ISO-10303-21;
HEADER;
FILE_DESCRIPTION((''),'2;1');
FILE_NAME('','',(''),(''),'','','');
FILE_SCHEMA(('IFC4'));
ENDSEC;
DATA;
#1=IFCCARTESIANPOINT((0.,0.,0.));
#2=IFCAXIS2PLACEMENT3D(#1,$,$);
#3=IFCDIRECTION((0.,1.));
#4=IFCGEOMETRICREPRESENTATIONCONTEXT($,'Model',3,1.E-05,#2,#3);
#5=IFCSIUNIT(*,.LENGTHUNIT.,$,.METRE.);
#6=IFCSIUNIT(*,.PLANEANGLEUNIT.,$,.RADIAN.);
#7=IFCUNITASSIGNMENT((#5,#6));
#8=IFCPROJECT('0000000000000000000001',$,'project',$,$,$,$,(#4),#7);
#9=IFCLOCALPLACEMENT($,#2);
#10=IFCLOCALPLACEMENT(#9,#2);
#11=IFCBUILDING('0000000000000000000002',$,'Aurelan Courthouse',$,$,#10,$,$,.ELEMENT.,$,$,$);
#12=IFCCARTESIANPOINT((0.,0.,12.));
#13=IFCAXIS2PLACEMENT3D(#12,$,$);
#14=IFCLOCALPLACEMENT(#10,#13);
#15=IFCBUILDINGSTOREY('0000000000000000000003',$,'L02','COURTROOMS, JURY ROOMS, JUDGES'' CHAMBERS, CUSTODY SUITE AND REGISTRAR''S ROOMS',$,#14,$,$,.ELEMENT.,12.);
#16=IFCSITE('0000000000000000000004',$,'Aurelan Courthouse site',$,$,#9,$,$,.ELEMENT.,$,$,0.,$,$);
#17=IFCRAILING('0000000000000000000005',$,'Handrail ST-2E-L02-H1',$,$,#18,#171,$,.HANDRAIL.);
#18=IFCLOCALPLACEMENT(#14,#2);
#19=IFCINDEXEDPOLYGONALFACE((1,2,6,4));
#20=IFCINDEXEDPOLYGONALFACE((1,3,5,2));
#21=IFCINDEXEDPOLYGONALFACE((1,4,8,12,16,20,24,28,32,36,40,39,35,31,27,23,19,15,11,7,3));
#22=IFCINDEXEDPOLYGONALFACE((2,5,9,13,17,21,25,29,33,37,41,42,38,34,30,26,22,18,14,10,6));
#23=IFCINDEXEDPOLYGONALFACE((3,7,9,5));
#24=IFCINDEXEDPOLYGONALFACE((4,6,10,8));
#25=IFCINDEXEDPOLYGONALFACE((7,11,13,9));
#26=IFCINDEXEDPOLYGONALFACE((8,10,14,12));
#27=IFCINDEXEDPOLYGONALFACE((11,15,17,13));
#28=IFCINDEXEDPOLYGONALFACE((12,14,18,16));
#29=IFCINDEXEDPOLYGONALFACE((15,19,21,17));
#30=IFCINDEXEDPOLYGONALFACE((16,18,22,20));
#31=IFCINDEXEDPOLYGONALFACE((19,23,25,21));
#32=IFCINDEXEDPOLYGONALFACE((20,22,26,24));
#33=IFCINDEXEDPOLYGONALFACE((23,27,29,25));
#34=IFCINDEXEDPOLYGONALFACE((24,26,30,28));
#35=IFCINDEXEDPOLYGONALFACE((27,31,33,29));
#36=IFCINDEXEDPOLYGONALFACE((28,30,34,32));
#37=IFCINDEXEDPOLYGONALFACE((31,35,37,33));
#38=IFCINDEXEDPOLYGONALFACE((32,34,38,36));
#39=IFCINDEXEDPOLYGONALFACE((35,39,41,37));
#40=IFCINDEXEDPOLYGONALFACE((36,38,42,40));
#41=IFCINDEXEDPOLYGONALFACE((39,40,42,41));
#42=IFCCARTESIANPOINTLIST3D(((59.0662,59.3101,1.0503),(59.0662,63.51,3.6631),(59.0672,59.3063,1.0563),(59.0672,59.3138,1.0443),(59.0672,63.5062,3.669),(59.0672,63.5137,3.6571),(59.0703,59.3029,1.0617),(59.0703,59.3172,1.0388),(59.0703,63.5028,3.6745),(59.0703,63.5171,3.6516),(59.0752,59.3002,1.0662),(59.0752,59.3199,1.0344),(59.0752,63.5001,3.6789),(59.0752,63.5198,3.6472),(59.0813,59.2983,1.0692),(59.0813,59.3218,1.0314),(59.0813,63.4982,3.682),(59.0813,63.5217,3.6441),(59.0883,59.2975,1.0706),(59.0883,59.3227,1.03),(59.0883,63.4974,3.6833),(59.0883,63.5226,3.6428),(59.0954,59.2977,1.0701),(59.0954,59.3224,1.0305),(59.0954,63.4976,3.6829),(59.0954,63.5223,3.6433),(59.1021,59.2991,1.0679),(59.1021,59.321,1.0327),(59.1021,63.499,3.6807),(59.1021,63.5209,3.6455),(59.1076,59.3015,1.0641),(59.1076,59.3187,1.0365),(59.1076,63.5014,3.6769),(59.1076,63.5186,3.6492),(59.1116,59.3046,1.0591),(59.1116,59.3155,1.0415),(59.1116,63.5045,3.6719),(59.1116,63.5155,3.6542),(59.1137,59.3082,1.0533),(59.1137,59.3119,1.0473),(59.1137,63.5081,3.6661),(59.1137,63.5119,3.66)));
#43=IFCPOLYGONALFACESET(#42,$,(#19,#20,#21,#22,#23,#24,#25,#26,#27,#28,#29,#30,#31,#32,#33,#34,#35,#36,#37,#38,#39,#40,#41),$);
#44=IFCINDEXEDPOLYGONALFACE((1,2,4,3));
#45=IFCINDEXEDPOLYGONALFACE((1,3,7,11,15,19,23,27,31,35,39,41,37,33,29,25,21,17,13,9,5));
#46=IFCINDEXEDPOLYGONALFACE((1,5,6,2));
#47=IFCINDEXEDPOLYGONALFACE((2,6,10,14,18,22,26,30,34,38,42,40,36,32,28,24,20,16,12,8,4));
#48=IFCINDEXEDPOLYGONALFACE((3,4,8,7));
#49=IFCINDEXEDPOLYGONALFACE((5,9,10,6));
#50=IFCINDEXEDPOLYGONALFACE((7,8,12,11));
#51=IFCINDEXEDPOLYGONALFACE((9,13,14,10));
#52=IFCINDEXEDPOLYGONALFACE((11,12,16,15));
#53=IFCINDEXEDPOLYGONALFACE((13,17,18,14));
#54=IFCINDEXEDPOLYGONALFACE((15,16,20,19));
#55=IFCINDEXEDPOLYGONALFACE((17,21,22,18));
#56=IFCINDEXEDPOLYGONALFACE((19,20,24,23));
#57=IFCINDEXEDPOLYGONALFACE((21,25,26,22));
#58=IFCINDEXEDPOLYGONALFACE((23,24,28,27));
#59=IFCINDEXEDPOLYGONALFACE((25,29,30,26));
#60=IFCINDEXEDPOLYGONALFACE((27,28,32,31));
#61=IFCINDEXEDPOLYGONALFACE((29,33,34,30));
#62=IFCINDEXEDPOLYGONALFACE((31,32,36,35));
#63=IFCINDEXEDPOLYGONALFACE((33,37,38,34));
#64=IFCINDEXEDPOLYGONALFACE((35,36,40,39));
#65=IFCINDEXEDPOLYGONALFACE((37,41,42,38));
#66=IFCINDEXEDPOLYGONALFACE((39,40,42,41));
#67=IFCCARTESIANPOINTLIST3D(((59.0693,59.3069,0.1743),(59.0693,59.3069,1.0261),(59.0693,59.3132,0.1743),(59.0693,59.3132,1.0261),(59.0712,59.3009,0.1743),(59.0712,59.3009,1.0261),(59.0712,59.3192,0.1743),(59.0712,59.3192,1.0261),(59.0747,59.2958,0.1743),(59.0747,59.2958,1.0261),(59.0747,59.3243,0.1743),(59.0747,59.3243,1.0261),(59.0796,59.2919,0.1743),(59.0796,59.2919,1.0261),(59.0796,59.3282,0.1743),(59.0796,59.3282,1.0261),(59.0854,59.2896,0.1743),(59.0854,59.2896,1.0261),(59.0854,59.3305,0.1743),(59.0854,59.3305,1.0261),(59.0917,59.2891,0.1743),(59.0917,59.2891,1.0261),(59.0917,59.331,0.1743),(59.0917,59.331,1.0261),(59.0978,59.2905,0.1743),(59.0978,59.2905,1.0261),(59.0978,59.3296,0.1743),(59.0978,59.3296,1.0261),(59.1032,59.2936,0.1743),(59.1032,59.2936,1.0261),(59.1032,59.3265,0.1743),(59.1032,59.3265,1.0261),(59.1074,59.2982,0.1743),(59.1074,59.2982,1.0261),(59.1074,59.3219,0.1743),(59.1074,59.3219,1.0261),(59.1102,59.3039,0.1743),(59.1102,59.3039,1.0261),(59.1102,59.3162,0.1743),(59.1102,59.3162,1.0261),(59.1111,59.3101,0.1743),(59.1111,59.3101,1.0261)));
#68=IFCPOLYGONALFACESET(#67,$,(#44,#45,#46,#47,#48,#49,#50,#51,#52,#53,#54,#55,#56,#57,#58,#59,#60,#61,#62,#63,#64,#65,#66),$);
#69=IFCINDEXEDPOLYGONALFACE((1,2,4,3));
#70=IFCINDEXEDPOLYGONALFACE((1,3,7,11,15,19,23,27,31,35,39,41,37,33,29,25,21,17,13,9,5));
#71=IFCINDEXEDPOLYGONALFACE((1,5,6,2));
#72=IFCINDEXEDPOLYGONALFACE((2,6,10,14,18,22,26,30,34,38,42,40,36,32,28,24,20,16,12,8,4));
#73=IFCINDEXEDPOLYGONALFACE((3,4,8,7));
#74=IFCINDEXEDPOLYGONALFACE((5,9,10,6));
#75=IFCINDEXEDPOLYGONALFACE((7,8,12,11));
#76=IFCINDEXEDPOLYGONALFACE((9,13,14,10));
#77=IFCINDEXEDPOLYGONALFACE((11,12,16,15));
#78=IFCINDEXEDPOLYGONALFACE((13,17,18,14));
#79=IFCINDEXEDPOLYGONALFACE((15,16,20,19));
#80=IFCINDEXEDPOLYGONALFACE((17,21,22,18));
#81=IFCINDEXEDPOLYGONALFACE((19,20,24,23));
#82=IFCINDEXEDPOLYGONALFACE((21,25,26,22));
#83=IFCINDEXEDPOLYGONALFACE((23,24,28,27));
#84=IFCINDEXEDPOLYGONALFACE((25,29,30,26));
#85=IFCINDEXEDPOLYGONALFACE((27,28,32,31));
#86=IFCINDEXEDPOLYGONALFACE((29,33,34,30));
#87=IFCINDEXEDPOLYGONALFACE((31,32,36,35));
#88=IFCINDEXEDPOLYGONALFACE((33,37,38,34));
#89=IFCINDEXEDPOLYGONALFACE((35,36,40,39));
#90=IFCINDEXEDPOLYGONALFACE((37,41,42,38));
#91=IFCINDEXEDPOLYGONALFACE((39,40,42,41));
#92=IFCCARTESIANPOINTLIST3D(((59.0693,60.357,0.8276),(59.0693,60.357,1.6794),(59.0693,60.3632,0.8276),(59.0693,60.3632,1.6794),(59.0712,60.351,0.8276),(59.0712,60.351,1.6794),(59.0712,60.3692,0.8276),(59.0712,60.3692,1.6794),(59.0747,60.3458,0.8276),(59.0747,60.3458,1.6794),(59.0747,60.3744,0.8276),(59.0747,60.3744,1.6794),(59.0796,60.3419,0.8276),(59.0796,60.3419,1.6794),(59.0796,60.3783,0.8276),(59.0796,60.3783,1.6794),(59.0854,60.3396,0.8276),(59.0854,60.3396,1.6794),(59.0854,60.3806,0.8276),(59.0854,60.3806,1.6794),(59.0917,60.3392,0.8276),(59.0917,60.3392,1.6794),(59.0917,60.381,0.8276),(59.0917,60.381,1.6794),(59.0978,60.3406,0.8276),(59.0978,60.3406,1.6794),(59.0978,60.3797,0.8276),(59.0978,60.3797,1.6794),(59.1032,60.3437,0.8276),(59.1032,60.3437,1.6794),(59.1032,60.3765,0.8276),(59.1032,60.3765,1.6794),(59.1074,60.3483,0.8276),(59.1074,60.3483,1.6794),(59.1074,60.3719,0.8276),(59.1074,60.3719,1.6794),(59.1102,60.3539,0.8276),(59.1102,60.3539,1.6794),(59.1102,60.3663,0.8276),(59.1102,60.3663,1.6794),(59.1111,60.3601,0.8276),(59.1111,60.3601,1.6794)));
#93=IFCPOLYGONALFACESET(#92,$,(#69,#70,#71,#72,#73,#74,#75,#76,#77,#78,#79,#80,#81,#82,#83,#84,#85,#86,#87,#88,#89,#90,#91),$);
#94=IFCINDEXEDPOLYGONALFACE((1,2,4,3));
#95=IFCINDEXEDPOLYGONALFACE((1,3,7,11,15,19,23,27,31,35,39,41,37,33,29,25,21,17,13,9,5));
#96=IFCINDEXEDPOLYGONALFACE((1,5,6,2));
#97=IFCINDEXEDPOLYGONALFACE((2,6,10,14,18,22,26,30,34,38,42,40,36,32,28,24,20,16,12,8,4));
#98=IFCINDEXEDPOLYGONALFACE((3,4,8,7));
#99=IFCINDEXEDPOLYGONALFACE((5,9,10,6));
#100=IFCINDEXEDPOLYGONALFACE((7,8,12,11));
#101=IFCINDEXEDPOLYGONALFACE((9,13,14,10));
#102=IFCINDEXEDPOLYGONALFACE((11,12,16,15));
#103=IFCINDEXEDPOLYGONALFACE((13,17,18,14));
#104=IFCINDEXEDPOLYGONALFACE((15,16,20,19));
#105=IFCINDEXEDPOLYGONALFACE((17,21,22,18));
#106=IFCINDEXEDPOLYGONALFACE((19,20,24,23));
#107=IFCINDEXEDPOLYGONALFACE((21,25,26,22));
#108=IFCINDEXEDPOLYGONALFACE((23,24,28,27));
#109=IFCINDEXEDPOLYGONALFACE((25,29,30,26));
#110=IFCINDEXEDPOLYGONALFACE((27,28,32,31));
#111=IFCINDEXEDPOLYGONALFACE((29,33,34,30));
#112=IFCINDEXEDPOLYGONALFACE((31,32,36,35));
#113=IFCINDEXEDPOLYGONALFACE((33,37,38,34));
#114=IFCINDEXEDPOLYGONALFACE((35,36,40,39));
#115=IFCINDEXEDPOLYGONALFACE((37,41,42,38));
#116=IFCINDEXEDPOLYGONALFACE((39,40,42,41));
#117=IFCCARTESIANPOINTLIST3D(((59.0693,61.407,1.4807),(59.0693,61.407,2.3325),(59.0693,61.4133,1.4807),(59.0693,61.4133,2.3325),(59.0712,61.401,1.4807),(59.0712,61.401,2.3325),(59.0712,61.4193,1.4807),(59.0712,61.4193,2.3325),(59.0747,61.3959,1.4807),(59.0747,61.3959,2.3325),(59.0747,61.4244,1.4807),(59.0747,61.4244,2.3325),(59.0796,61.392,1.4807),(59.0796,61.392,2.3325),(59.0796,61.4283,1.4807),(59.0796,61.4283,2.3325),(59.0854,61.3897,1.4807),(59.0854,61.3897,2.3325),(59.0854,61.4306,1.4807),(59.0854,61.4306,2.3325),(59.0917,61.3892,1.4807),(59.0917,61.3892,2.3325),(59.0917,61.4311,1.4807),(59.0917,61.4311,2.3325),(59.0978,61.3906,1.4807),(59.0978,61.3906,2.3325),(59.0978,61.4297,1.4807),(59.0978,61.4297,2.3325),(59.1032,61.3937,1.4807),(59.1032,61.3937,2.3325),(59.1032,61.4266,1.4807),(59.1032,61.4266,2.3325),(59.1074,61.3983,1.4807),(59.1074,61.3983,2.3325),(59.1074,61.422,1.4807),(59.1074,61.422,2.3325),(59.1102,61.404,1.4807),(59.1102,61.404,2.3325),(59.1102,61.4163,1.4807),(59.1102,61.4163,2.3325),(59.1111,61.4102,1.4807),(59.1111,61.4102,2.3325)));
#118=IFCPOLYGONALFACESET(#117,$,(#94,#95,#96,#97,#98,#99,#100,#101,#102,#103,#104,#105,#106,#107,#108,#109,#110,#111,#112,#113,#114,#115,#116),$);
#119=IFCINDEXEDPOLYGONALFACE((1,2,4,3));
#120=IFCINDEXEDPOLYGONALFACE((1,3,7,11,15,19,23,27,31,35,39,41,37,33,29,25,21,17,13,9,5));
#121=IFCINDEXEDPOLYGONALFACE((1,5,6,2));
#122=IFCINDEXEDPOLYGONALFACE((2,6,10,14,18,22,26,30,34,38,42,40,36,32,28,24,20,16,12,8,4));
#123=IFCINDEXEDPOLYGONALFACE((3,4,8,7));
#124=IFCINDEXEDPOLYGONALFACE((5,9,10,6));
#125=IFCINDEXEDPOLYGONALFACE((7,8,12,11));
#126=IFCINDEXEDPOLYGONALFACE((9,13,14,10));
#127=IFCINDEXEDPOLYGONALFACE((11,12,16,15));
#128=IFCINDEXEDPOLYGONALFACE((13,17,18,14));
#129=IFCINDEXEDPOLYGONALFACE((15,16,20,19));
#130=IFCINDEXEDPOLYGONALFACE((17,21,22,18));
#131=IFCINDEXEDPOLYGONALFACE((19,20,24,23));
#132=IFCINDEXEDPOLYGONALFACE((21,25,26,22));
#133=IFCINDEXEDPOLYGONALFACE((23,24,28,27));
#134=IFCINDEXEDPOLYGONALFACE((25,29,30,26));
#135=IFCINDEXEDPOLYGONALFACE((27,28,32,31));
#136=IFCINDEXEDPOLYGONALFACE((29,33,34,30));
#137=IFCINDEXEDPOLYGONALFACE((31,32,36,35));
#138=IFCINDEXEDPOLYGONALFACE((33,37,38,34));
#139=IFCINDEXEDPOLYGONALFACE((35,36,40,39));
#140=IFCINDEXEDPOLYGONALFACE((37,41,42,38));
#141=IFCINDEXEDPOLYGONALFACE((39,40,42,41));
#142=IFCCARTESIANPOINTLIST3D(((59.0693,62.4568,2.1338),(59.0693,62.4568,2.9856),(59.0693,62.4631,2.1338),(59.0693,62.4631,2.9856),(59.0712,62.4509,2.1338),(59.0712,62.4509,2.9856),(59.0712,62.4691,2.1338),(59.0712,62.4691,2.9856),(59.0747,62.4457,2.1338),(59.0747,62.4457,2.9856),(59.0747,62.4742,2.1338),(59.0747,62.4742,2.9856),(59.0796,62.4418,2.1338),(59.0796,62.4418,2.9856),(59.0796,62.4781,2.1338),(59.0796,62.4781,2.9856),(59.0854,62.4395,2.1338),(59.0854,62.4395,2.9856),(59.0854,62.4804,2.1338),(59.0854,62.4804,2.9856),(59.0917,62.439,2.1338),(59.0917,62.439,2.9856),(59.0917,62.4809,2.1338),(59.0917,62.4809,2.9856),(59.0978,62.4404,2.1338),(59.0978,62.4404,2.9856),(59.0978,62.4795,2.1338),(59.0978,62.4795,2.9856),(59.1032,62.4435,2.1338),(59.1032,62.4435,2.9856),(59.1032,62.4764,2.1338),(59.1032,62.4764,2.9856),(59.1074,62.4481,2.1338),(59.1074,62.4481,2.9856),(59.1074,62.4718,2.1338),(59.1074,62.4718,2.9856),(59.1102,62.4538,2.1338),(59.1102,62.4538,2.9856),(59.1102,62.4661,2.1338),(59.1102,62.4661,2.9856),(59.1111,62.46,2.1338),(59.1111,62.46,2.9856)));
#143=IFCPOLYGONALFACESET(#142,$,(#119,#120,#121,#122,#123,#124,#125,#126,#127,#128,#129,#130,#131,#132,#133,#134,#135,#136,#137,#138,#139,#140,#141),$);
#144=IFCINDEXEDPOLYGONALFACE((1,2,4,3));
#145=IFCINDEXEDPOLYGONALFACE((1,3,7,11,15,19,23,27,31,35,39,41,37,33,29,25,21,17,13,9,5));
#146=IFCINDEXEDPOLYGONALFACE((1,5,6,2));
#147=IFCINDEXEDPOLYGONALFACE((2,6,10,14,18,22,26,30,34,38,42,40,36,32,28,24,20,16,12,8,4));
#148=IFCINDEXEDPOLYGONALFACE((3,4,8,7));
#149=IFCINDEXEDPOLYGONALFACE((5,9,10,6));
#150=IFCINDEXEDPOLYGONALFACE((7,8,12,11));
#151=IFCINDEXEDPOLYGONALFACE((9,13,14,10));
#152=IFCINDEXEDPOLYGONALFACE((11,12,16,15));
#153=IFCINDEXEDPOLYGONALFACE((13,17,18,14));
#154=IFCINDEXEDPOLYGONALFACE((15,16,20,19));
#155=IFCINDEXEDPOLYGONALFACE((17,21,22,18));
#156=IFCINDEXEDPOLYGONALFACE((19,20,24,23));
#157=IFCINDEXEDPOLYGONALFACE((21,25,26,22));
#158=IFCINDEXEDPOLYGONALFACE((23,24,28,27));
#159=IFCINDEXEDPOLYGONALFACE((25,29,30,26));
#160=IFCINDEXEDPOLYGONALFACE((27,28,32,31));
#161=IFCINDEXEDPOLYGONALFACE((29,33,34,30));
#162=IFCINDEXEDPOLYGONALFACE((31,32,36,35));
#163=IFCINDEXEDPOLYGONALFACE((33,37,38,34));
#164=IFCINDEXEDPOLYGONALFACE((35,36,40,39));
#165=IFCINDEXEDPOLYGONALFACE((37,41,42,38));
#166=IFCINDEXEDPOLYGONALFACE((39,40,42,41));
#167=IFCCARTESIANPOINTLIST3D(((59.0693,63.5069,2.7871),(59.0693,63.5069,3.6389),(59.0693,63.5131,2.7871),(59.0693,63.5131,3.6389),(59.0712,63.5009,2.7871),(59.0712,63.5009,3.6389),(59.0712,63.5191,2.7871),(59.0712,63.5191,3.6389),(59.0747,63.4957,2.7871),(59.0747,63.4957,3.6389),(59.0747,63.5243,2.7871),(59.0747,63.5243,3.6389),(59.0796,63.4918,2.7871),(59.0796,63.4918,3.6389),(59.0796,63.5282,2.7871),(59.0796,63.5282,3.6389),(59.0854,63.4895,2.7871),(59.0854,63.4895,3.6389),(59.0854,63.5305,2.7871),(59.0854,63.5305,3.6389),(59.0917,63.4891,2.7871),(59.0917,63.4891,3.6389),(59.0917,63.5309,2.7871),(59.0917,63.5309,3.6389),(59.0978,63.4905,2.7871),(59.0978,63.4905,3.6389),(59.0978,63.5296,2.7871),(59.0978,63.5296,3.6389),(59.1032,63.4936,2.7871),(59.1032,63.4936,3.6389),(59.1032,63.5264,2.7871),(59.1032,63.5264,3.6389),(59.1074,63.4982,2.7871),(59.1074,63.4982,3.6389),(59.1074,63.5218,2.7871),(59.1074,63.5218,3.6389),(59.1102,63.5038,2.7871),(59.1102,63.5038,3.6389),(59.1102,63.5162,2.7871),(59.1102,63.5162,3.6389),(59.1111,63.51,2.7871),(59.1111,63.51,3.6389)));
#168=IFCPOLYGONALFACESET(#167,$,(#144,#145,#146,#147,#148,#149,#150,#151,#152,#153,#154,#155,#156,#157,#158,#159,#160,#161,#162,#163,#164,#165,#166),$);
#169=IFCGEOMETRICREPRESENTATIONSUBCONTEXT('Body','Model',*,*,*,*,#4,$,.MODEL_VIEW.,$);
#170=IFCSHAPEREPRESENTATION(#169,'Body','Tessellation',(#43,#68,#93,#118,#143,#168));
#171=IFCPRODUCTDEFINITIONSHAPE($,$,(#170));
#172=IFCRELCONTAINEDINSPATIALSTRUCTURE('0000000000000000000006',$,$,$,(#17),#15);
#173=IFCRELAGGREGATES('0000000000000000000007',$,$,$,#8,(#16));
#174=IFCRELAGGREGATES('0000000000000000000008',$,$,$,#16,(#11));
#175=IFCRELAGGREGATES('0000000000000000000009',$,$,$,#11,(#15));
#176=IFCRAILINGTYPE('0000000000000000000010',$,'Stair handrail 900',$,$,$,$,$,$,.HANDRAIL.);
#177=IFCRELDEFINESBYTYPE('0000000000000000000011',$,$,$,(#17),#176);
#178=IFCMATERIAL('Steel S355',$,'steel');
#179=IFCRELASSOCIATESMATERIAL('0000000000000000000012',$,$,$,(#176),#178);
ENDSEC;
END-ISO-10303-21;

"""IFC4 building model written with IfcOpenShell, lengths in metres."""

from ifc_helpers import new_model, si_unit, direction, frame, origin, origin_2d, place, context, subcontext, project, spatial, circle, extrude, material, type_object, element, save


model = new_model("IFC4")

# Units and contexts
model_context = context("Model", 3, precision=1e-05, world=origin(), true_north=direction((0.0, 1.0)))
body_context = subcontext(model_context, "Body", "Model", "MODEL_VIEW")
ifc_project = project(units=[si_unit("LENGTHUNIT", "METRE"), si_unit("PLANEANGLEUNIT", "RADIAN")], contexts=[model_context])

# Site, building, storey
site_placement = place(None, origin())
site = spatial("IfcSite", under=ifc_project, at=site_placement, Name="Aurelan Courthouse site", CompositionType="ELEMENT", RefElevation=0.0)
building_placement = place(site_placement, origin())
building = spatial("IfcBuilding", under=site, at=building_placement, Name="Aurelan Courthouse", CompositionType="ELEMENT")
storey_placement = place(building_placement, frame((0.0, 0.0, 12.0)))
storey = spatial("IfcBuildingStorey", under=building, at=storey_placement, Name="L02", Description="COURTROOMS, JURY ROOMS, JUDGES' CHAMBERS, CUSTODY SUITE AND REGISTRAR'S ROOMS", CompositionType="ELEMENT", Elevation=12.0)

# Railing
ifc_material_1 = material(Name="Steel S355", Category="steel")
railing_type_1 = type_object("IfcRailingType", Name="Stair handrail 900", PredefinedType="HANDRAIL", material=ifc_material_1)
for number, where, name in (
    (1, (59.0901, 59.3101, 0.1743), "Handrail ST-2E-L02-H1"),
):
    element("IfcRailing", number, at=place(storey_placement, frame(where)), inside=storey, type_object=railing_type_1, Name=name, PredefinedType="HANDRAIL", context=body_context, shape_type="SweptSolid", body=[
        extrude(circle(Radius=0.0239, at=origin_2d()), frame((0.0, 0.0, 0.876), z_axis=(0.0, 0.849103, 0.528228), x_axis=(-1.0, 0.0, 0.0)), (0.0, 0.0, 1.0), 4.9463),
        extrude(circle(Radius=0.021, at=origin_2d()), origin(), (0.0, 0.0, 1.0), 0.8518),
        extrude(circle(Radius=0.021, at=origin_2d()), frame((0.0, 1.05, 0.6533)), (0.0, 0.0, 1.0), 0.8518),
        extrude(circle(Radius=0.021, at=origin_2d()), frame((0.0, 2.1001, 1.3064)), (0.0, 0.0, 1.0), 0.8518),
        extrude(circle(Radius=0.021, at=origin_2d()), frame((0.0, 3.1499, 1.9595)), (0.0, 0.0, 1.0), 0.8518),
        extrude(circle(Radius=0.021, at=origin_2d()), frame((0.0, 4.2, 2.6128)), (0.0, 0.0, 1.0), 0.8518),
    ])

save(model, "model.ifc")
